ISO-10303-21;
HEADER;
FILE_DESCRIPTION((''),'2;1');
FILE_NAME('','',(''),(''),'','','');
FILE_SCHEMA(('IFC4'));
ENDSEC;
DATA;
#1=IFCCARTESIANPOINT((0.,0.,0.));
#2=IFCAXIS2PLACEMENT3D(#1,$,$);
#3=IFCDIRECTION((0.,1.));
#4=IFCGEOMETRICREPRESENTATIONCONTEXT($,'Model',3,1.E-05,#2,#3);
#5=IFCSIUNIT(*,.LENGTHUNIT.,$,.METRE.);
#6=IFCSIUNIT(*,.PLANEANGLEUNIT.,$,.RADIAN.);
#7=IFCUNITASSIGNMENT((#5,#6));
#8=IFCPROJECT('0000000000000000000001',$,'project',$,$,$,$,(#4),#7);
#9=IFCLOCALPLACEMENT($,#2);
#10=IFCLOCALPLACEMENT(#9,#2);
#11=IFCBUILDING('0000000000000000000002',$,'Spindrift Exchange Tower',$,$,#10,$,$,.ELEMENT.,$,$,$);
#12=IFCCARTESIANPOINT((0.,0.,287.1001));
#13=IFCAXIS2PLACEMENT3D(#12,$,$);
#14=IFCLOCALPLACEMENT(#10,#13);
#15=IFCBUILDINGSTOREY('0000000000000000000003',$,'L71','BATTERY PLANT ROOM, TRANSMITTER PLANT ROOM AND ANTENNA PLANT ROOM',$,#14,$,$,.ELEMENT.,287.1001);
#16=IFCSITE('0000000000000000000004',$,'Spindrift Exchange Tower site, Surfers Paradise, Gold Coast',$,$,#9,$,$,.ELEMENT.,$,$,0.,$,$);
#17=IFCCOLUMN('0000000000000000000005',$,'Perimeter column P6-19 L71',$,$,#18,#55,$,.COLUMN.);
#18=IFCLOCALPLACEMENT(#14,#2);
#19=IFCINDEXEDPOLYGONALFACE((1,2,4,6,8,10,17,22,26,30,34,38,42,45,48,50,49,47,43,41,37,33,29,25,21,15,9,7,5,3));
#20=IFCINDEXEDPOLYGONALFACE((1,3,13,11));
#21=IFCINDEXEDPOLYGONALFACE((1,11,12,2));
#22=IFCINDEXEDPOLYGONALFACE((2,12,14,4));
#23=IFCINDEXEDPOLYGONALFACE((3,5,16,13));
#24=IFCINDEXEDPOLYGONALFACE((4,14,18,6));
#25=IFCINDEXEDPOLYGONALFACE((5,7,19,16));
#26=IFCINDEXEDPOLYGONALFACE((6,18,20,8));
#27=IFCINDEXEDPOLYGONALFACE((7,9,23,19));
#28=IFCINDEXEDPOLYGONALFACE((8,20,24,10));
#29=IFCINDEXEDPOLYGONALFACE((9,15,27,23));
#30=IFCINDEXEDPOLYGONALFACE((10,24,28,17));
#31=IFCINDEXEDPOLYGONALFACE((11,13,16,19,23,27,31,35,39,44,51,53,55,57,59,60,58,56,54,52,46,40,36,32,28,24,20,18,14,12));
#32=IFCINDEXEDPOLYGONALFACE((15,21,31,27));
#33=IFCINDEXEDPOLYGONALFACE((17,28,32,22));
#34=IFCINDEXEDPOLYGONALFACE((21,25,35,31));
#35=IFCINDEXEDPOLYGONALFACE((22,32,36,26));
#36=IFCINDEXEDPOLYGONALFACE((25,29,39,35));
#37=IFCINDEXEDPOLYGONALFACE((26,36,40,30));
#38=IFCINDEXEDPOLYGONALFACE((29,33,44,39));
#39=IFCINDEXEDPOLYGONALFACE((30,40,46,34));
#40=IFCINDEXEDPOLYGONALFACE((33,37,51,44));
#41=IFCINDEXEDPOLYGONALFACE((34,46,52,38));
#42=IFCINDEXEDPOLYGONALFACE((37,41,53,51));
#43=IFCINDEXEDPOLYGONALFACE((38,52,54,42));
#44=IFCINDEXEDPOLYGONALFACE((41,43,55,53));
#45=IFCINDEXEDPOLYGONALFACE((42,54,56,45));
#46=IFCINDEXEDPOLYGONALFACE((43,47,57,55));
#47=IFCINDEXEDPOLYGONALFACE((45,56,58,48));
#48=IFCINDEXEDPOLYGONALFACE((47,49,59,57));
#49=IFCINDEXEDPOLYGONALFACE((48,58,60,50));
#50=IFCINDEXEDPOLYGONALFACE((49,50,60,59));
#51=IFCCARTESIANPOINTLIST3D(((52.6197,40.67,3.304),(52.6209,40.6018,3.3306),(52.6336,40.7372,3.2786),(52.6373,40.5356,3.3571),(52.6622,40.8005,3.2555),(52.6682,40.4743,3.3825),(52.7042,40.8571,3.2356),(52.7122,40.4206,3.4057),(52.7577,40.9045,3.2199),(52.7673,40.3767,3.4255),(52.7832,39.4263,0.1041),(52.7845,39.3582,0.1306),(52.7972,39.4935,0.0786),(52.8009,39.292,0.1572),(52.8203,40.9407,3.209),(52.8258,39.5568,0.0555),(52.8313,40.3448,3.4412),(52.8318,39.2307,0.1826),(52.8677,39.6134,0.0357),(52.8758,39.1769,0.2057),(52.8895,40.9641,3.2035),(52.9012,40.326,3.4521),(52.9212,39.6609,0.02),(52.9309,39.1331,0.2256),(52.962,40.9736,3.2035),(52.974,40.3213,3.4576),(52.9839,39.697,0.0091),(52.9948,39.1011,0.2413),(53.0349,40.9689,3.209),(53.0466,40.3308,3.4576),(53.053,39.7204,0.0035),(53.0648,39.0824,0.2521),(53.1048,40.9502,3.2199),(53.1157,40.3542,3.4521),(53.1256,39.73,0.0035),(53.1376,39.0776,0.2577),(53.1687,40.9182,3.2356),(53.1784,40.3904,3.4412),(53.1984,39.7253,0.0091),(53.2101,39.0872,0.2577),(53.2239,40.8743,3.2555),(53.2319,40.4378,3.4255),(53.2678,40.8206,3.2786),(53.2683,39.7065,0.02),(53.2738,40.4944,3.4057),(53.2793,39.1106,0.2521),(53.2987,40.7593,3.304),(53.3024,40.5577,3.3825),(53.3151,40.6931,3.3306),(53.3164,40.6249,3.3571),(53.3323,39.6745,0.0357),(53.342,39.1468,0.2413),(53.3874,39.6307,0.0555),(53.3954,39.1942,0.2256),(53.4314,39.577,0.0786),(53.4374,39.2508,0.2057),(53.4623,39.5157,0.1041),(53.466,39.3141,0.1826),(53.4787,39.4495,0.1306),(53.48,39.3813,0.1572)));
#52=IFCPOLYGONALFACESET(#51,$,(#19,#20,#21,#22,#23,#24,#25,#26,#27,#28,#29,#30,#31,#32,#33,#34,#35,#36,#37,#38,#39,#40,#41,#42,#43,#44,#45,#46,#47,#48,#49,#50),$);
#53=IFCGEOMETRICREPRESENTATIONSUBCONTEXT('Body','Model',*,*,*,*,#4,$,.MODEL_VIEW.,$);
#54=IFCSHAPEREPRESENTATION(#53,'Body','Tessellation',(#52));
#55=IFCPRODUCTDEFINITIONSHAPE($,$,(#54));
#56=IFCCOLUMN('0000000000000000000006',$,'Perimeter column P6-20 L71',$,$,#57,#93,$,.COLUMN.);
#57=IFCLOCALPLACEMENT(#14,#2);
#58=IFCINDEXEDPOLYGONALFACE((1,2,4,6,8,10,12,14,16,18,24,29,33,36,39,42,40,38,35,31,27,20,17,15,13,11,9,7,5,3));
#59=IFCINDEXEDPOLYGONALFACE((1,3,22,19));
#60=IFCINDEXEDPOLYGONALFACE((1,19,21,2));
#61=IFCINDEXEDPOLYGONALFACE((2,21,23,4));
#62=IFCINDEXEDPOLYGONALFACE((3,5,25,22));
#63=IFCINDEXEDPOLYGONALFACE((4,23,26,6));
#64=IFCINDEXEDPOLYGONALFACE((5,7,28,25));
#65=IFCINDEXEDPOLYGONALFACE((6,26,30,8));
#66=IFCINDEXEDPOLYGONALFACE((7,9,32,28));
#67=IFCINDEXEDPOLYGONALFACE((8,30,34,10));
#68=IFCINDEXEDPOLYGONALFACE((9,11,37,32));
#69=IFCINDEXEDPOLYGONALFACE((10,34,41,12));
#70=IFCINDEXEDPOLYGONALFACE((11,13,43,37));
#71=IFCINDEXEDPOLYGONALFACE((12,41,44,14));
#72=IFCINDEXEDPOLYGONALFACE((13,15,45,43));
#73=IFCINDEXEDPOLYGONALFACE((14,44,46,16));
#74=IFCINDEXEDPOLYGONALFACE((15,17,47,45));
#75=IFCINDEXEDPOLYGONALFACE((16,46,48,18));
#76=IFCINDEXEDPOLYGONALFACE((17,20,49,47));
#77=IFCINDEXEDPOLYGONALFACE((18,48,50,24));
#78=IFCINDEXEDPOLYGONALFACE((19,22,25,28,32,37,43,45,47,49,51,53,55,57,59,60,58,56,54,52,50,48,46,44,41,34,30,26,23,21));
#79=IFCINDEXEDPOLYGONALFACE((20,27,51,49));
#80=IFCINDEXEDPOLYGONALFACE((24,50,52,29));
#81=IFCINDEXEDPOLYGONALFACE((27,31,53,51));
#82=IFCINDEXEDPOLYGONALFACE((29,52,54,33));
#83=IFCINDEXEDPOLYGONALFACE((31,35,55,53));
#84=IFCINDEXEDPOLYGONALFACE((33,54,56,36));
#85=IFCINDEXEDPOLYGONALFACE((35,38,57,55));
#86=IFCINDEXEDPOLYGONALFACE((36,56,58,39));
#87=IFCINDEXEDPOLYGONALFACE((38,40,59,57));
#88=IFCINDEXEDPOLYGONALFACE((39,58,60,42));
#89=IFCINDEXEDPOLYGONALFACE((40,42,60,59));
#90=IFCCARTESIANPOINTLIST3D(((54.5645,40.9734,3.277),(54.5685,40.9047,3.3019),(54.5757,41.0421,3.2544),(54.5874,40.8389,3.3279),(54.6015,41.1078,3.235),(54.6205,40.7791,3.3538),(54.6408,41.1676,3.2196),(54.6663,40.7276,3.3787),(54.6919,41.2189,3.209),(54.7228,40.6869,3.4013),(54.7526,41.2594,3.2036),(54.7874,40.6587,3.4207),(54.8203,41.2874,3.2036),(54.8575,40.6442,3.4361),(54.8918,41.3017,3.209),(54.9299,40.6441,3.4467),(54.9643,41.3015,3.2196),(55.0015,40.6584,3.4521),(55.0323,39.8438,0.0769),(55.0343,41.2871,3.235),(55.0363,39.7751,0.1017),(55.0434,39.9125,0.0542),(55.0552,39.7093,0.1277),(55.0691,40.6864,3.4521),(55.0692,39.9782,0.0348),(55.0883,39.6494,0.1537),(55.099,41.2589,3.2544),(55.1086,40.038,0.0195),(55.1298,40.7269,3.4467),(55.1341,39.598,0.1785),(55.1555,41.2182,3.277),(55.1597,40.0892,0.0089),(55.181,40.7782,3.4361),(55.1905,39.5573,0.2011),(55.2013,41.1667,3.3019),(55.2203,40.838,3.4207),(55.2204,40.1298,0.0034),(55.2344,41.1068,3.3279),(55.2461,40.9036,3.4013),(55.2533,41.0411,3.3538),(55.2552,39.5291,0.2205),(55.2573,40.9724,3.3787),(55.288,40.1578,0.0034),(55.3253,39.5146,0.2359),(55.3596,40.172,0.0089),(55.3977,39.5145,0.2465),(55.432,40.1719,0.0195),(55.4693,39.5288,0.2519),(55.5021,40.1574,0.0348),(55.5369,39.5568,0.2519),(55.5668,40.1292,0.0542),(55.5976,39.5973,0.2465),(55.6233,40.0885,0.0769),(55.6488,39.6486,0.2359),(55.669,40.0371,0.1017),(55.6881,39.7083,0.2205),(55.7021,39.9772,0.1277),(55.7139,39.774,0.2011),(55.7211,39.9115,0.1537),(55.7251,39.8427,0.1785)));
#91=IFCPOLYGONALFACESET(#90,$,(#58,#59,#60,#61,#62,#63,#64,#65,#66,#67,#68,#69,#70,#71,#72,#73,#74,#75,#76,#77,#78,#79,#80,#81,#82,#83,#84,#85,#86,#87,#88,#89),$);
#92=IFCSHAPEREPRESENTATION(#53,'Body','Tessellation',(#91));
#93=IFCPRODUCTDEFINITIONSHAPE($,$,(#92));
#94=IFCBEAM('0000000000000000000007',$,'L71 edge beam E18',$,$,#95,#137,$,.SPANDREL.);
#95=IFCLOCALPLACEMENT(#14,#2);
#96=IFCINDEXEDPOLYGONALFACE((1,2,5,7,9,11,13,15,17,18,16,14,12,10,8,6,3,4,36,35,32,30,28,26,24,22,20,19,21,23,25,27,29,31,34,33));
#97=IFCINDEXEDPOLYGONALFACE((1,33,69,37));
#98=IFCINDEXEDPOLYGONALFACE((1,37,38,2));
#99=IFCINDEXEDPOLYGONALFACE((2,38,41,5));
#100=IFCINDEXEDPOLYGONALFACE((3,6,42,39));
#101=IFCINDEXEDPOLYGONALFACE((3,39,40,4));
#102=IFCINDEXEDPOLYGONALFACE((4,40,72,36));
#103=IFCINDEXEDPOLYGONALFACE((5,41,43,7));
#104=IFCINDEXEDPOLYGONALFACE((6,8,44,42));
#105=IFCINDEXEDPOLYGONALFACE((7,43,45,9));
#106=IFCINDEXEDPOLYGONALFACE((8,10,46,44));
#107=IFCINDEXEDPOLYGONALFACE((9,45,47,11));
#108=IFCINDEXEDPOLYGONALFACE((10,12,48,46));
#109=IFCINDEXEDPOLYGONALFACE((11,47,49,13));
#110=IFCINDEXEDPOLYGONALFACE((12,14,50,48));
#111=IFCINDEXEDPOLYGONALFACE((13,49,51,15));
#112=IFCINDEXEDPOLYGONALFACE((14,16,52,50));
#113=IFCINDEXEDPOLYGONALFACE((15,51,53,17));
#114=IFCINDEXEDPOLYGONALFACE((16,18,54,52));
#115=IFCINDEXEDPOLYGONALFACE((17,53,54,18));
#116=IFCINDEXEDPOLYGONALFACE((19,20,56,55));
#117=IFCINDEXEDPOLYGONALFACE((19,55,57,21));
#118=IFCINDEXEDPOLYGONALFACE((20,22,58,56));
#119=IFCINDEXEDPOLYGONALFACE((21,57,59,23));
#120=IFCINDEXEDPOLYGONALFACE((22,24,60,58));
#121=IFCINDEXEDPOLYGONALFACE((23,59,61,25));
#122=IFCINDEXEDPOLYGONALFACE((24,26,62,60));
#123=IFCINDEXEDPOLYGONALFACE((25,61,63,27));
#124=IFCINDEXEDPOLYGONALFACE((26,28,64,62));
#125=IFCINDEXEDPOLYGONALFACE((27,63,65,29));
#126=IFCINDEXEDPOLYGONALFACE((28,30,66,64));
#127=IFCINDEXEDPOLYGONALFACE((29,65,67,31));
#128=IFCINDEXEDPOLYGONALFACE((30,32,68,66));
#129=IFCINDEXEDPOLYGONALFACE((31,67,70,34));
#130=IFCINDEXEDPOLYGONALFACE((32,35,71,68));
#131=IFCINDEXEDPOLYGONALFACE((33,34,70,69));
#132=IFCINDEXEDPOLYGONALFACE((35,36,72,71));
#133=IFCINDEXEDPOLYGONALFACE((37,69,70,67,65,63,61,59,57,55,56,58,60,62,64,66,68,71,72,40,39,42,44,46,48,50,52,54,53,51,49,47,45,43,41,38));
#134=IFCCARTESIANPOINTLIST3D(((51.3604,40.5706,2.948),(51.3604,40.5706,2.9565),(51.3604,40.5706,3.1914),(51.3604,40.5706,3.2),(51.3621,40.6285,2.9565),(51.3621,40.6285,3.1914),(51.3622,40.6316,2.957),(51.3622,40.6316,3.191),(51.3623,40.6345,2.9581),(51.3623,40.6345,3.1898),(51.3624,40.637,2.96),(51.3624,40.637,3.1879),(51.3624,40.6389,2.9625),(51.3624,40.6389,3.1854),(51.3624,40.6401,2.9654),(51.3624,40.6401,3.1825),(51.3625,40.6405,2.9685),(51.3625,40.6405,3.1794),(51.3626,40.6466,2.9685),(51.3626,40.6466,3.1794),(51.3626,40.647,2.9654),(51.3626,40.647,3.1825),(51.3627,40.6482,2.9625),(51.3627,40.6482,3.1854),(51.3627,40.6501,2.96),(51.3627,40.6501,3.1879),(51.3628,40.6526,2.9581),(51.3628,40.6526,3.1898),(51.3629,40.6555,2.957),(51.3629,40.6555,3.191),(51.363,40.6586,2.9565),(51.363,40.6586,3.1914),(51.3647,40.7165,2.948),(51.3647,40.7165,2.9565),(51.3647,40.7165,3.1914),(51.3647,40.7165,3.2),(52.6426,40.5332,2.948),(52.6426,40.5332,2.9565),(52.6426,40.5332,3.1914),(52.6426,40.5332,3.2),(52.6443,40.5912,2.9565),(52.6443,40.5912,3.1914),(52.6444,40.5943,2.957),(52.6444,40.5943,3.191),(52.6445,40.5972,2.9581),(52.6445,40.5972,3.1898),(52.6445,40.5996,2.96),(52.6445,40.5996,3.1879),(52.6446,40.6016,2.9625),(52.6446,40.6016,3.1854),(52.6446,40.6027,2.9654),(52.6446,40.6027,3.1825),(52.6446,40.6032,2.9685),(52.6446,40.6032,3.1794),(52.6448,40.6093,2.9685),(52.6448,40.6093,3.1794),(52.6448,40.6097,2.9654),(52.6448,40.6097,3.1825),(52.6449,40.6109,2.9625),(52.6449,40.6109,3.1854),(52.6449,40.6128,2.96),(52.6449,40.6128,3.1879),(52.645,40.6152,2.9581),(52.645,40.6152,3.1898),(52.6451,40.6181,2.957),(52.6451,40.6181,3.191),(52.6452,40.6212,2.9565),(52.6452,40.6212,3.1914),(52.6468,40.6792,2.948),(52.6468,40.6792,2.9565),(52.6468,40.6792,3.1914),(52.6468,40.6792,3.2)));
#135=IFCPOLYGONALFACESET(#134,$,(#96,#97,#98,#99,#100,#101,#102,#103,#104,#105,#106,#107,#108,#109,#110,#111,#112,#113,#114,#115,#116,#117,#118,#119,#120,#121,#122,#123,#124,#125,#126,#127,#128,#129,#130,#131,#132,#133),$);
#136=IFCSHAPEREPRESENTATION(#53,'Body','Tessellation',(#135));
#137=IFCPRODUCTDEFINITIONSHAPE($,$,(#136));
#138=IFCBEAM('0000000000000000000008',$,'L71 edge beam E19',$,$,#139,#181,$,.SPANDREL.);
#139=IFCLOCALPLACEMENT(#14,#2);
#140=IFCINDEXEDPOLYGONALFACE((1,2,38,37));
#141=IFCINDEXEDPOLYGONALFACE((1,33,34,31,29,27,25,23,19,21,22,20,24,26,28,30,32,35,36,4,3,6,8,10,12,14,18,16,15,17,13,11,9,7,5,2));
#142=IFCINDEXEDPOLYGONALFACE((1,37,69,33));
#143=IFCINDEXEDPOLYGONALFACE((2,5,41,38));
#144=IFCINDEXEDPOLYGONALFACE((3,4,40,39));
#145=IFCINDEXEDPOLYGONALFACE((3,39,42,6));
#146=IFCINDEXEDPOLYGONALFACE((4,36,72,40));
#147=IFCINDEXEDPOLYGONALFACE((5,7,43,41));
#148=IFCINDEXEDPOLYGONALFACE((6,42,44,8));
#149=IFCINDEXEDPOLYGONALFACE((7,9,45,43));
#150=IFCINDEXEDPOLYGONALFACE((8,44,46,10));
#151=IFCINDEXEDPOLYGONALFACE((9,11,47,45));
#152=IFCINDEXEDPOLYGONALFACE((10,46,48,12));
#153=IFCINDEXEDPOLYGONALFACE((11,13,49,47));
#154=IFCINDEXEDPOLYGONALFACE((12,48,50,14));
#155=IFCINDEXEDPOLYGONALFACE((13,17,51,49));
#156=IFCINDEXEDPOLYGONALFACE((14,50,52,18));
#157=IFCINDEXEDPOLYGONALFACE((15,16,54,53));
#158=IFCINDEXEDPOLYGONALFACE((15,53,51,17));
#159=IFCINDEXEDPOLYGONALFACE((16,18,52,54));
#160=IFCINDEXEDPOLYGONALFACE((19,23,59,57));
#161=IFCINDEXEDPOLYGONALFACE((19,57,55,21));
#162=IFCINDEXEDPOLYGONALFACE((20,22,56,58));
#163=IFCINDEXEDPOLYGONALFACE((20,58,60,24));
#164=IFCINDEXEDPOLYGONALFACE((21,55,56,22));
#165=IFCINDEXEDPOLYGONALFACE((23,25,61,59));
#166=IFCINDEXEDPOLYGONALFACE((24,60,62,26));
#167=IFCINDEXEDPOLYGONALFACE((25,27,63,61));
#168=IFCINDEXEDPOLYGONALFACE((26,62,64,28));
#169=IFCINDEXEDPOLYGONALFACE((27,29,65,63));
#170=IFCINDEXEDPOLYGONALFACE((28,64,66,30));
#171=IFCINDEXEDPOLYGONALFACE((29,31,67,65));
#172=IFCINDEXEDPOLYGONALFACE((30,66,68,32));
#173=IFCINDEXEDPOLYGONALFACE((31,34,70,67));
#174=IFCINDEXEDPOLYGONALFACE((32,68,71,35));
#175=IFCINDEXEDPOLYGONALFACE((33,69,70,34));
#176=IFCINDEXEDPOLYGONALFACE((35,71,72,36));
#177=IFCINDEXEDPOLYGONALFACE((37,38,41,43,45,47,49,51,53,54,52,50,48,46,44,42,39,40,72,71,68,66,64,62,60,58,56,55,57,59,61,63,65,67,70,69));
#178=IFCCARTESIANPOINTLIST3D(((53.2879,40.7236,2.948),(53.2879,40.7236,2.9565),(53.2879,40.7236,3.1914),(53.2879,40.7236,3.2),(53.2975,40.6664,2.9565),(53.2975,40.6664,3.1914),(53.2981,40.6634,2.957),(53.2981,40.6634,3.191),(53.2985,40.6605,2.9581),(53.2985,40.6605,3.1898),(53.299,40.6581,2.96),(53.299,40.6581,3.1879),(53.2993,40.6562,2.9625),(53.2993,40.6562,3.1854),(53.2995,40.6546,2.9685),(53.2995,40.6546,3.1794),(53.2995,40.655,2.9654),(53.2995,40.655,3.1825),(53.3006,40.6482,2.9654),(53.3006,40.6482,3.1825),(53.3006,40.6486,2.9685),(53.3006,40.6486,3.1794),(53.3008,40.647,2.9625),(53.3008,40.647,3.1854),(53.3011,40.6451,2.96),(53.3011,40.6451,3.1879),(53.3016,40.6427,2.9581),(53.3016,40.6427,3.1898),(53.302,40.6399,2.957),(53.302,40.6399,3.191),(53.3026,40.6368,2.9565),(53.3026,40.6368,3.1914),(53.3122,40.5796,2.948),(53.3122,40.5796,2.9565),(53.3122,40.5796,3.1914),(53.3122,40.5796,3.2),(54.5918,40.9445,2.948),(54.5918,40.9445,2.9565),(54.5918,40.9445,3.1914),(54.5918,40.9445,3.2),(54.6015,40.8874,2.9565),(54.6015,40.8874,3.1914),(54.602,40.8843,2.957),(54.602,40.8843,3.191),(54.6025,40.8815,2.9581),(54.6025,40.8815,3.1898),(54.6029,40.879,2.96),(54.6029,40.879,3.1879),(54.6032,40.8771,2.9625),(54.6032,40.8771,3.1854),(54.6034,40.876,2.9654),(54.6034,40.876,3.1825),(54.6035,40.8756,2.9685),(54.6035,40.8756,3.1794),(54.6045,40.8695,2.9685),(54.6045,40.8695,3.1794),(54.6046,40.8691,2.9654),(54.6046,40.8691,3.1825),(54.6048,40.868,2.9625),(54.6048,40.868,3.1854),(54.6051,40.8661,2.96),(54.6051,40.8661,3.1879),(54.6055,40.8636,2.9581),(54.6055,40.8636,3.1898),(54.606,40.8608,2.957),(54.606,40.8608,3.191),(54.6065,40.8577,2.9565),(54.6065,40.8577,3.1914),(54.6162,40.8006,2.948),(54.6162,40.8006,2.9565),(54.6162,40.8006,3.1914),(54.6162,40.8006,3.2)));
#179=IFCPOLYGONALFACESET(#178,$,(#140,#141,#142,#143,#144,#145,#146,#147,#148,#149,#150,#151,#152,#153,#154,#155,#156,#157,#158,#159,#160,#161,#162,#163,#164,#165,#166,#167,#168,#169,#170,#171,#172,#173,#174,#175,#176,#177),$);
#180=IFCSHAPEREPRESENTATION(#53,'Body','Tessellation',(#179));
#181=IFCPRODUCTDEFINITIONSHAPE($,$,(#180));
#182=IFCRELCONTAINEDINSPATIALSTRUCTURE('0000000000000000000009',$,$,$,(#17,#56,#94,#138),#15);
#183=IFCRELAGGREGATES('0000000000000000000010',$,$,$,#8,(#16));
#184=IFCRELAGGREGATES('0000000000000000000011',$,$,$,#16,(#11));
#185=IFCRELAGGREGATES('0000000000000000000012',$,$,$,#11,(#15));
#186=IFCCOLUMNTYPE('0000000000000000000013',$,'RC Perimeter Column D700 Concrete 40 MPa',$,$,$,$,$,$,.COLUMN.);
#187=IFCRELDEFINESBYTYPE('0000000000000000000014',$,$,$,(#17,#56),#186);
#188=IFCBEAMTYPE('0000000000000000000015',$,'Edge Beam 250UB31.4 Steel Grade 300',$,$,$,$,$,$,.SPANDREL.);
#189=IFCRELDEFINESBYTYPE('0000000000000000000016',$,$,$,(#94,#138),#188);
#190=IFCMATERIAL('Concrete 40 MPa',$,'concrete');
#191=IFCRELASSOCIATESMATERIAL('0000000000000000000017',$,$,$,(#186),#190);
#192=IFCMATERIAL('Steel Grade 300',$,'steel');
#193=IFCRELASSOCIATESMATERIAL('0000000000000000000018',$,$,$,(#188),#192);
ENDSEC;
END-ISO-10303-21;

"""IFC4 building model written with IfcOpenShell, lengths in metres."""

from ifc_helpers import new_model, si_unit, direction, frame, origin, origin_2d, place, context, subcontext, project, spatial, circle, i_section, extrude, source, transform, mapped, material, material_profile, profile_set, type_object, element, save


model = new_model("IFC4")

# Units and contexts
model_context = context("Model", 3, precision=1e-05, world=origin(), true_north=direction((0.0, 1.0)))
body_context = subcontext(model_context, "Body", "Model", "MODEL_VIEW")
ifc_project = project(units=[si_unit("LENGTHUNIT", "METRE"), si_unit("PLANEANGLEUNIT", "RADIAN")], contexts=[model_context])

# Site, building, storey
site_placement = place(None, origin())
site = spatial("IfcSite", under=ifc_project, at=site_placement, Name="Spindrift Exchange Tower site, Surfers Paradise, Gold Coast", CompositionType="ELEMENT", RefElevation=0.0)
building_placement = place(site_placement, origin())
building = spatial("IfcBuilding", under=site, at=building_placement, Name="Spindrift Exchange Tower", CompositionType="ELEMENT")
storey_placement = place(building_placement, frame((0.0, 0.0, 287.1001)))
storey = spatial("IfcBuildingStorey", under=building, at=storey_placement, Name="L71", Description="BATTERY PLANT ROOM, TRANSMITTER PLANT ROOM AND ANTENNA PLANT ROOM", CompositionType="ELEMENT", Elevation=287.1001)

# Columns
ifc_material_1 = material(Name="Concrete 40 MPa", Category="concrete")
ifc_material_profile_1 = material_profile(ifc_material_1, circle(Radius=0.3501, at=origin_2d()), Name="RC D700")
ifc_profile_set_1 = profile_set([ifc_material_profile_1], Name="Concrete 40 MPa")
column_type = type_object("IfcColumnType", Name="RC Perimeter Column D700 Concrete 40 MPa", PredefinedType="COLUMN", material=ifc_profile_set_1)
shared_shape_1 = source(origin(), body_context, "Body", "SweptSolid", [
    extrude(circle(Radius=0.3501, at=origin_2d()), origin(), (0.0, 0.0, 1.0), 3.437),
])
column_1_placement = place(storey_placement, frame((53.1316, 39.4038, 0.1306), z_axis=(-0.047592, 0.36184, 0.931025), x_axis=(-0.991461, -0.130404, 0.0)))
element("IfcColumn", 1, at=column_1_placement, inside=storey, type_object=column_type, Name="Perimeter column P6-19 L71", PredefinedType="COLUMN", context=body_context, shape_type="MappedRepresentation", body=[
    mapped(shared_shape_1, transform((0.0, 0.0, 0.0), scale=1.0)),
])
shared_shape_2 = source(origin(), body_context, "Body", "SweptSolid", [
    extrude(circle(Radius=0.3501, at=origin_2d()), origin(), (0.0, 0.0, 1.0), 3.4258),
])
column_2_placement = place(storey_placement, frame((55.3787, 39.8433, 0.1277), z_axis=(-0.136544, 0.329744, 0.934144), x_axis=(-0.923919, -0.382587, 0.0)))
element("IfcColumn", 2, at=column_2_placement, inside=storey, type_object=column_type, Name="Perimeter column P6-20 L71", PredefinedType="COLUMN", context=body_context, shape_type="MappedRepresentation", body=[
    mapped(shared_shape_2, transform((0.0, 0.0, 0.0), scale=1.0)),
])

# Beams
ifc_material_2 = material(Name="Steel Grade 300", Category="steel")
ifc_material_profile_2 = material_profile(ifc_material_2, i_section(OverallWidth=0.146, OverallDepth=0.252, WebThickness=0.0061, FlangeThickness=0.0085, FilletRadius=0.012, at=origin_2d()), Name="250UB31.4")
ifc_profile_set_2 = profile_set([ifc_material_profile_2], Name="Steel Grade 300")
beam_type = type_object("IfcBeamType", Name="Edge Beam 250UB31.4 Steel Grade 300", PredefinedType="SPANDREL", material=ifc_profile_set_2)
shared_shape_3 = source(origin(), body_context, "Body", "SweptSolid", [
    extrude(i_section(OverallWidth=0.146, OverallDepth=0.252, WebThickness=0.0061, FlangeThickness=0.0085, FilletRadius=0.012, at=origin_2d()), origin(), (0.0, 0.0, 1.0), 1.2827),
])
beam_1_placement = place(storey_placement, frame((51.3625, 40.6436, 3.074), z_axis=(0.999576, -0.029119, 0.0), x_axis=(0.029119, 0.999576, 0.0)))
element("IfcBeam", 3, at=beam_1_placement, inside=storey, type_object=beam_type, Name="L71 edge beam E18", PredefinedType="SPANDREL", context=body_context, shape_type="MappedRepresentation", body=[
    mapped(shared_shape_3, transform((0.0, 0.0, 0.0), scale=1.0)),
])
shared_shape_4 = source(origin(), body_context, "Body", "SweptSolid", [
    extrude(i_section(OverallWidth=0.146, OverallDepth=0.252, WebThickness=0.0061, FlangeThickness=0.0085, FilletRadius=0.012, at=origin_2d()), origin(), (0.0, 0.0, 1.0), 1.3225),
])
beam_2_placement = place(storey_placement, frame((53.3, 40.6516, 3.074), z_axis=(0.985946, 0.167063, 0.0), x_axis=(-0.167063, 0.985946, 0.0)))
element("IfcBeam", 4, at=beam_2_placement, inside=storey, type_object=beam_type, Name="L71 edge beam E19", PredefinedType="SPANDREL", context=body_context, shape_type="MappedRepresentation", body=[
    mapped(shared_shape_4, transform((0.0, 0.0, 0.0), scale=1.0)),
])

save(model, "model.ifc")
